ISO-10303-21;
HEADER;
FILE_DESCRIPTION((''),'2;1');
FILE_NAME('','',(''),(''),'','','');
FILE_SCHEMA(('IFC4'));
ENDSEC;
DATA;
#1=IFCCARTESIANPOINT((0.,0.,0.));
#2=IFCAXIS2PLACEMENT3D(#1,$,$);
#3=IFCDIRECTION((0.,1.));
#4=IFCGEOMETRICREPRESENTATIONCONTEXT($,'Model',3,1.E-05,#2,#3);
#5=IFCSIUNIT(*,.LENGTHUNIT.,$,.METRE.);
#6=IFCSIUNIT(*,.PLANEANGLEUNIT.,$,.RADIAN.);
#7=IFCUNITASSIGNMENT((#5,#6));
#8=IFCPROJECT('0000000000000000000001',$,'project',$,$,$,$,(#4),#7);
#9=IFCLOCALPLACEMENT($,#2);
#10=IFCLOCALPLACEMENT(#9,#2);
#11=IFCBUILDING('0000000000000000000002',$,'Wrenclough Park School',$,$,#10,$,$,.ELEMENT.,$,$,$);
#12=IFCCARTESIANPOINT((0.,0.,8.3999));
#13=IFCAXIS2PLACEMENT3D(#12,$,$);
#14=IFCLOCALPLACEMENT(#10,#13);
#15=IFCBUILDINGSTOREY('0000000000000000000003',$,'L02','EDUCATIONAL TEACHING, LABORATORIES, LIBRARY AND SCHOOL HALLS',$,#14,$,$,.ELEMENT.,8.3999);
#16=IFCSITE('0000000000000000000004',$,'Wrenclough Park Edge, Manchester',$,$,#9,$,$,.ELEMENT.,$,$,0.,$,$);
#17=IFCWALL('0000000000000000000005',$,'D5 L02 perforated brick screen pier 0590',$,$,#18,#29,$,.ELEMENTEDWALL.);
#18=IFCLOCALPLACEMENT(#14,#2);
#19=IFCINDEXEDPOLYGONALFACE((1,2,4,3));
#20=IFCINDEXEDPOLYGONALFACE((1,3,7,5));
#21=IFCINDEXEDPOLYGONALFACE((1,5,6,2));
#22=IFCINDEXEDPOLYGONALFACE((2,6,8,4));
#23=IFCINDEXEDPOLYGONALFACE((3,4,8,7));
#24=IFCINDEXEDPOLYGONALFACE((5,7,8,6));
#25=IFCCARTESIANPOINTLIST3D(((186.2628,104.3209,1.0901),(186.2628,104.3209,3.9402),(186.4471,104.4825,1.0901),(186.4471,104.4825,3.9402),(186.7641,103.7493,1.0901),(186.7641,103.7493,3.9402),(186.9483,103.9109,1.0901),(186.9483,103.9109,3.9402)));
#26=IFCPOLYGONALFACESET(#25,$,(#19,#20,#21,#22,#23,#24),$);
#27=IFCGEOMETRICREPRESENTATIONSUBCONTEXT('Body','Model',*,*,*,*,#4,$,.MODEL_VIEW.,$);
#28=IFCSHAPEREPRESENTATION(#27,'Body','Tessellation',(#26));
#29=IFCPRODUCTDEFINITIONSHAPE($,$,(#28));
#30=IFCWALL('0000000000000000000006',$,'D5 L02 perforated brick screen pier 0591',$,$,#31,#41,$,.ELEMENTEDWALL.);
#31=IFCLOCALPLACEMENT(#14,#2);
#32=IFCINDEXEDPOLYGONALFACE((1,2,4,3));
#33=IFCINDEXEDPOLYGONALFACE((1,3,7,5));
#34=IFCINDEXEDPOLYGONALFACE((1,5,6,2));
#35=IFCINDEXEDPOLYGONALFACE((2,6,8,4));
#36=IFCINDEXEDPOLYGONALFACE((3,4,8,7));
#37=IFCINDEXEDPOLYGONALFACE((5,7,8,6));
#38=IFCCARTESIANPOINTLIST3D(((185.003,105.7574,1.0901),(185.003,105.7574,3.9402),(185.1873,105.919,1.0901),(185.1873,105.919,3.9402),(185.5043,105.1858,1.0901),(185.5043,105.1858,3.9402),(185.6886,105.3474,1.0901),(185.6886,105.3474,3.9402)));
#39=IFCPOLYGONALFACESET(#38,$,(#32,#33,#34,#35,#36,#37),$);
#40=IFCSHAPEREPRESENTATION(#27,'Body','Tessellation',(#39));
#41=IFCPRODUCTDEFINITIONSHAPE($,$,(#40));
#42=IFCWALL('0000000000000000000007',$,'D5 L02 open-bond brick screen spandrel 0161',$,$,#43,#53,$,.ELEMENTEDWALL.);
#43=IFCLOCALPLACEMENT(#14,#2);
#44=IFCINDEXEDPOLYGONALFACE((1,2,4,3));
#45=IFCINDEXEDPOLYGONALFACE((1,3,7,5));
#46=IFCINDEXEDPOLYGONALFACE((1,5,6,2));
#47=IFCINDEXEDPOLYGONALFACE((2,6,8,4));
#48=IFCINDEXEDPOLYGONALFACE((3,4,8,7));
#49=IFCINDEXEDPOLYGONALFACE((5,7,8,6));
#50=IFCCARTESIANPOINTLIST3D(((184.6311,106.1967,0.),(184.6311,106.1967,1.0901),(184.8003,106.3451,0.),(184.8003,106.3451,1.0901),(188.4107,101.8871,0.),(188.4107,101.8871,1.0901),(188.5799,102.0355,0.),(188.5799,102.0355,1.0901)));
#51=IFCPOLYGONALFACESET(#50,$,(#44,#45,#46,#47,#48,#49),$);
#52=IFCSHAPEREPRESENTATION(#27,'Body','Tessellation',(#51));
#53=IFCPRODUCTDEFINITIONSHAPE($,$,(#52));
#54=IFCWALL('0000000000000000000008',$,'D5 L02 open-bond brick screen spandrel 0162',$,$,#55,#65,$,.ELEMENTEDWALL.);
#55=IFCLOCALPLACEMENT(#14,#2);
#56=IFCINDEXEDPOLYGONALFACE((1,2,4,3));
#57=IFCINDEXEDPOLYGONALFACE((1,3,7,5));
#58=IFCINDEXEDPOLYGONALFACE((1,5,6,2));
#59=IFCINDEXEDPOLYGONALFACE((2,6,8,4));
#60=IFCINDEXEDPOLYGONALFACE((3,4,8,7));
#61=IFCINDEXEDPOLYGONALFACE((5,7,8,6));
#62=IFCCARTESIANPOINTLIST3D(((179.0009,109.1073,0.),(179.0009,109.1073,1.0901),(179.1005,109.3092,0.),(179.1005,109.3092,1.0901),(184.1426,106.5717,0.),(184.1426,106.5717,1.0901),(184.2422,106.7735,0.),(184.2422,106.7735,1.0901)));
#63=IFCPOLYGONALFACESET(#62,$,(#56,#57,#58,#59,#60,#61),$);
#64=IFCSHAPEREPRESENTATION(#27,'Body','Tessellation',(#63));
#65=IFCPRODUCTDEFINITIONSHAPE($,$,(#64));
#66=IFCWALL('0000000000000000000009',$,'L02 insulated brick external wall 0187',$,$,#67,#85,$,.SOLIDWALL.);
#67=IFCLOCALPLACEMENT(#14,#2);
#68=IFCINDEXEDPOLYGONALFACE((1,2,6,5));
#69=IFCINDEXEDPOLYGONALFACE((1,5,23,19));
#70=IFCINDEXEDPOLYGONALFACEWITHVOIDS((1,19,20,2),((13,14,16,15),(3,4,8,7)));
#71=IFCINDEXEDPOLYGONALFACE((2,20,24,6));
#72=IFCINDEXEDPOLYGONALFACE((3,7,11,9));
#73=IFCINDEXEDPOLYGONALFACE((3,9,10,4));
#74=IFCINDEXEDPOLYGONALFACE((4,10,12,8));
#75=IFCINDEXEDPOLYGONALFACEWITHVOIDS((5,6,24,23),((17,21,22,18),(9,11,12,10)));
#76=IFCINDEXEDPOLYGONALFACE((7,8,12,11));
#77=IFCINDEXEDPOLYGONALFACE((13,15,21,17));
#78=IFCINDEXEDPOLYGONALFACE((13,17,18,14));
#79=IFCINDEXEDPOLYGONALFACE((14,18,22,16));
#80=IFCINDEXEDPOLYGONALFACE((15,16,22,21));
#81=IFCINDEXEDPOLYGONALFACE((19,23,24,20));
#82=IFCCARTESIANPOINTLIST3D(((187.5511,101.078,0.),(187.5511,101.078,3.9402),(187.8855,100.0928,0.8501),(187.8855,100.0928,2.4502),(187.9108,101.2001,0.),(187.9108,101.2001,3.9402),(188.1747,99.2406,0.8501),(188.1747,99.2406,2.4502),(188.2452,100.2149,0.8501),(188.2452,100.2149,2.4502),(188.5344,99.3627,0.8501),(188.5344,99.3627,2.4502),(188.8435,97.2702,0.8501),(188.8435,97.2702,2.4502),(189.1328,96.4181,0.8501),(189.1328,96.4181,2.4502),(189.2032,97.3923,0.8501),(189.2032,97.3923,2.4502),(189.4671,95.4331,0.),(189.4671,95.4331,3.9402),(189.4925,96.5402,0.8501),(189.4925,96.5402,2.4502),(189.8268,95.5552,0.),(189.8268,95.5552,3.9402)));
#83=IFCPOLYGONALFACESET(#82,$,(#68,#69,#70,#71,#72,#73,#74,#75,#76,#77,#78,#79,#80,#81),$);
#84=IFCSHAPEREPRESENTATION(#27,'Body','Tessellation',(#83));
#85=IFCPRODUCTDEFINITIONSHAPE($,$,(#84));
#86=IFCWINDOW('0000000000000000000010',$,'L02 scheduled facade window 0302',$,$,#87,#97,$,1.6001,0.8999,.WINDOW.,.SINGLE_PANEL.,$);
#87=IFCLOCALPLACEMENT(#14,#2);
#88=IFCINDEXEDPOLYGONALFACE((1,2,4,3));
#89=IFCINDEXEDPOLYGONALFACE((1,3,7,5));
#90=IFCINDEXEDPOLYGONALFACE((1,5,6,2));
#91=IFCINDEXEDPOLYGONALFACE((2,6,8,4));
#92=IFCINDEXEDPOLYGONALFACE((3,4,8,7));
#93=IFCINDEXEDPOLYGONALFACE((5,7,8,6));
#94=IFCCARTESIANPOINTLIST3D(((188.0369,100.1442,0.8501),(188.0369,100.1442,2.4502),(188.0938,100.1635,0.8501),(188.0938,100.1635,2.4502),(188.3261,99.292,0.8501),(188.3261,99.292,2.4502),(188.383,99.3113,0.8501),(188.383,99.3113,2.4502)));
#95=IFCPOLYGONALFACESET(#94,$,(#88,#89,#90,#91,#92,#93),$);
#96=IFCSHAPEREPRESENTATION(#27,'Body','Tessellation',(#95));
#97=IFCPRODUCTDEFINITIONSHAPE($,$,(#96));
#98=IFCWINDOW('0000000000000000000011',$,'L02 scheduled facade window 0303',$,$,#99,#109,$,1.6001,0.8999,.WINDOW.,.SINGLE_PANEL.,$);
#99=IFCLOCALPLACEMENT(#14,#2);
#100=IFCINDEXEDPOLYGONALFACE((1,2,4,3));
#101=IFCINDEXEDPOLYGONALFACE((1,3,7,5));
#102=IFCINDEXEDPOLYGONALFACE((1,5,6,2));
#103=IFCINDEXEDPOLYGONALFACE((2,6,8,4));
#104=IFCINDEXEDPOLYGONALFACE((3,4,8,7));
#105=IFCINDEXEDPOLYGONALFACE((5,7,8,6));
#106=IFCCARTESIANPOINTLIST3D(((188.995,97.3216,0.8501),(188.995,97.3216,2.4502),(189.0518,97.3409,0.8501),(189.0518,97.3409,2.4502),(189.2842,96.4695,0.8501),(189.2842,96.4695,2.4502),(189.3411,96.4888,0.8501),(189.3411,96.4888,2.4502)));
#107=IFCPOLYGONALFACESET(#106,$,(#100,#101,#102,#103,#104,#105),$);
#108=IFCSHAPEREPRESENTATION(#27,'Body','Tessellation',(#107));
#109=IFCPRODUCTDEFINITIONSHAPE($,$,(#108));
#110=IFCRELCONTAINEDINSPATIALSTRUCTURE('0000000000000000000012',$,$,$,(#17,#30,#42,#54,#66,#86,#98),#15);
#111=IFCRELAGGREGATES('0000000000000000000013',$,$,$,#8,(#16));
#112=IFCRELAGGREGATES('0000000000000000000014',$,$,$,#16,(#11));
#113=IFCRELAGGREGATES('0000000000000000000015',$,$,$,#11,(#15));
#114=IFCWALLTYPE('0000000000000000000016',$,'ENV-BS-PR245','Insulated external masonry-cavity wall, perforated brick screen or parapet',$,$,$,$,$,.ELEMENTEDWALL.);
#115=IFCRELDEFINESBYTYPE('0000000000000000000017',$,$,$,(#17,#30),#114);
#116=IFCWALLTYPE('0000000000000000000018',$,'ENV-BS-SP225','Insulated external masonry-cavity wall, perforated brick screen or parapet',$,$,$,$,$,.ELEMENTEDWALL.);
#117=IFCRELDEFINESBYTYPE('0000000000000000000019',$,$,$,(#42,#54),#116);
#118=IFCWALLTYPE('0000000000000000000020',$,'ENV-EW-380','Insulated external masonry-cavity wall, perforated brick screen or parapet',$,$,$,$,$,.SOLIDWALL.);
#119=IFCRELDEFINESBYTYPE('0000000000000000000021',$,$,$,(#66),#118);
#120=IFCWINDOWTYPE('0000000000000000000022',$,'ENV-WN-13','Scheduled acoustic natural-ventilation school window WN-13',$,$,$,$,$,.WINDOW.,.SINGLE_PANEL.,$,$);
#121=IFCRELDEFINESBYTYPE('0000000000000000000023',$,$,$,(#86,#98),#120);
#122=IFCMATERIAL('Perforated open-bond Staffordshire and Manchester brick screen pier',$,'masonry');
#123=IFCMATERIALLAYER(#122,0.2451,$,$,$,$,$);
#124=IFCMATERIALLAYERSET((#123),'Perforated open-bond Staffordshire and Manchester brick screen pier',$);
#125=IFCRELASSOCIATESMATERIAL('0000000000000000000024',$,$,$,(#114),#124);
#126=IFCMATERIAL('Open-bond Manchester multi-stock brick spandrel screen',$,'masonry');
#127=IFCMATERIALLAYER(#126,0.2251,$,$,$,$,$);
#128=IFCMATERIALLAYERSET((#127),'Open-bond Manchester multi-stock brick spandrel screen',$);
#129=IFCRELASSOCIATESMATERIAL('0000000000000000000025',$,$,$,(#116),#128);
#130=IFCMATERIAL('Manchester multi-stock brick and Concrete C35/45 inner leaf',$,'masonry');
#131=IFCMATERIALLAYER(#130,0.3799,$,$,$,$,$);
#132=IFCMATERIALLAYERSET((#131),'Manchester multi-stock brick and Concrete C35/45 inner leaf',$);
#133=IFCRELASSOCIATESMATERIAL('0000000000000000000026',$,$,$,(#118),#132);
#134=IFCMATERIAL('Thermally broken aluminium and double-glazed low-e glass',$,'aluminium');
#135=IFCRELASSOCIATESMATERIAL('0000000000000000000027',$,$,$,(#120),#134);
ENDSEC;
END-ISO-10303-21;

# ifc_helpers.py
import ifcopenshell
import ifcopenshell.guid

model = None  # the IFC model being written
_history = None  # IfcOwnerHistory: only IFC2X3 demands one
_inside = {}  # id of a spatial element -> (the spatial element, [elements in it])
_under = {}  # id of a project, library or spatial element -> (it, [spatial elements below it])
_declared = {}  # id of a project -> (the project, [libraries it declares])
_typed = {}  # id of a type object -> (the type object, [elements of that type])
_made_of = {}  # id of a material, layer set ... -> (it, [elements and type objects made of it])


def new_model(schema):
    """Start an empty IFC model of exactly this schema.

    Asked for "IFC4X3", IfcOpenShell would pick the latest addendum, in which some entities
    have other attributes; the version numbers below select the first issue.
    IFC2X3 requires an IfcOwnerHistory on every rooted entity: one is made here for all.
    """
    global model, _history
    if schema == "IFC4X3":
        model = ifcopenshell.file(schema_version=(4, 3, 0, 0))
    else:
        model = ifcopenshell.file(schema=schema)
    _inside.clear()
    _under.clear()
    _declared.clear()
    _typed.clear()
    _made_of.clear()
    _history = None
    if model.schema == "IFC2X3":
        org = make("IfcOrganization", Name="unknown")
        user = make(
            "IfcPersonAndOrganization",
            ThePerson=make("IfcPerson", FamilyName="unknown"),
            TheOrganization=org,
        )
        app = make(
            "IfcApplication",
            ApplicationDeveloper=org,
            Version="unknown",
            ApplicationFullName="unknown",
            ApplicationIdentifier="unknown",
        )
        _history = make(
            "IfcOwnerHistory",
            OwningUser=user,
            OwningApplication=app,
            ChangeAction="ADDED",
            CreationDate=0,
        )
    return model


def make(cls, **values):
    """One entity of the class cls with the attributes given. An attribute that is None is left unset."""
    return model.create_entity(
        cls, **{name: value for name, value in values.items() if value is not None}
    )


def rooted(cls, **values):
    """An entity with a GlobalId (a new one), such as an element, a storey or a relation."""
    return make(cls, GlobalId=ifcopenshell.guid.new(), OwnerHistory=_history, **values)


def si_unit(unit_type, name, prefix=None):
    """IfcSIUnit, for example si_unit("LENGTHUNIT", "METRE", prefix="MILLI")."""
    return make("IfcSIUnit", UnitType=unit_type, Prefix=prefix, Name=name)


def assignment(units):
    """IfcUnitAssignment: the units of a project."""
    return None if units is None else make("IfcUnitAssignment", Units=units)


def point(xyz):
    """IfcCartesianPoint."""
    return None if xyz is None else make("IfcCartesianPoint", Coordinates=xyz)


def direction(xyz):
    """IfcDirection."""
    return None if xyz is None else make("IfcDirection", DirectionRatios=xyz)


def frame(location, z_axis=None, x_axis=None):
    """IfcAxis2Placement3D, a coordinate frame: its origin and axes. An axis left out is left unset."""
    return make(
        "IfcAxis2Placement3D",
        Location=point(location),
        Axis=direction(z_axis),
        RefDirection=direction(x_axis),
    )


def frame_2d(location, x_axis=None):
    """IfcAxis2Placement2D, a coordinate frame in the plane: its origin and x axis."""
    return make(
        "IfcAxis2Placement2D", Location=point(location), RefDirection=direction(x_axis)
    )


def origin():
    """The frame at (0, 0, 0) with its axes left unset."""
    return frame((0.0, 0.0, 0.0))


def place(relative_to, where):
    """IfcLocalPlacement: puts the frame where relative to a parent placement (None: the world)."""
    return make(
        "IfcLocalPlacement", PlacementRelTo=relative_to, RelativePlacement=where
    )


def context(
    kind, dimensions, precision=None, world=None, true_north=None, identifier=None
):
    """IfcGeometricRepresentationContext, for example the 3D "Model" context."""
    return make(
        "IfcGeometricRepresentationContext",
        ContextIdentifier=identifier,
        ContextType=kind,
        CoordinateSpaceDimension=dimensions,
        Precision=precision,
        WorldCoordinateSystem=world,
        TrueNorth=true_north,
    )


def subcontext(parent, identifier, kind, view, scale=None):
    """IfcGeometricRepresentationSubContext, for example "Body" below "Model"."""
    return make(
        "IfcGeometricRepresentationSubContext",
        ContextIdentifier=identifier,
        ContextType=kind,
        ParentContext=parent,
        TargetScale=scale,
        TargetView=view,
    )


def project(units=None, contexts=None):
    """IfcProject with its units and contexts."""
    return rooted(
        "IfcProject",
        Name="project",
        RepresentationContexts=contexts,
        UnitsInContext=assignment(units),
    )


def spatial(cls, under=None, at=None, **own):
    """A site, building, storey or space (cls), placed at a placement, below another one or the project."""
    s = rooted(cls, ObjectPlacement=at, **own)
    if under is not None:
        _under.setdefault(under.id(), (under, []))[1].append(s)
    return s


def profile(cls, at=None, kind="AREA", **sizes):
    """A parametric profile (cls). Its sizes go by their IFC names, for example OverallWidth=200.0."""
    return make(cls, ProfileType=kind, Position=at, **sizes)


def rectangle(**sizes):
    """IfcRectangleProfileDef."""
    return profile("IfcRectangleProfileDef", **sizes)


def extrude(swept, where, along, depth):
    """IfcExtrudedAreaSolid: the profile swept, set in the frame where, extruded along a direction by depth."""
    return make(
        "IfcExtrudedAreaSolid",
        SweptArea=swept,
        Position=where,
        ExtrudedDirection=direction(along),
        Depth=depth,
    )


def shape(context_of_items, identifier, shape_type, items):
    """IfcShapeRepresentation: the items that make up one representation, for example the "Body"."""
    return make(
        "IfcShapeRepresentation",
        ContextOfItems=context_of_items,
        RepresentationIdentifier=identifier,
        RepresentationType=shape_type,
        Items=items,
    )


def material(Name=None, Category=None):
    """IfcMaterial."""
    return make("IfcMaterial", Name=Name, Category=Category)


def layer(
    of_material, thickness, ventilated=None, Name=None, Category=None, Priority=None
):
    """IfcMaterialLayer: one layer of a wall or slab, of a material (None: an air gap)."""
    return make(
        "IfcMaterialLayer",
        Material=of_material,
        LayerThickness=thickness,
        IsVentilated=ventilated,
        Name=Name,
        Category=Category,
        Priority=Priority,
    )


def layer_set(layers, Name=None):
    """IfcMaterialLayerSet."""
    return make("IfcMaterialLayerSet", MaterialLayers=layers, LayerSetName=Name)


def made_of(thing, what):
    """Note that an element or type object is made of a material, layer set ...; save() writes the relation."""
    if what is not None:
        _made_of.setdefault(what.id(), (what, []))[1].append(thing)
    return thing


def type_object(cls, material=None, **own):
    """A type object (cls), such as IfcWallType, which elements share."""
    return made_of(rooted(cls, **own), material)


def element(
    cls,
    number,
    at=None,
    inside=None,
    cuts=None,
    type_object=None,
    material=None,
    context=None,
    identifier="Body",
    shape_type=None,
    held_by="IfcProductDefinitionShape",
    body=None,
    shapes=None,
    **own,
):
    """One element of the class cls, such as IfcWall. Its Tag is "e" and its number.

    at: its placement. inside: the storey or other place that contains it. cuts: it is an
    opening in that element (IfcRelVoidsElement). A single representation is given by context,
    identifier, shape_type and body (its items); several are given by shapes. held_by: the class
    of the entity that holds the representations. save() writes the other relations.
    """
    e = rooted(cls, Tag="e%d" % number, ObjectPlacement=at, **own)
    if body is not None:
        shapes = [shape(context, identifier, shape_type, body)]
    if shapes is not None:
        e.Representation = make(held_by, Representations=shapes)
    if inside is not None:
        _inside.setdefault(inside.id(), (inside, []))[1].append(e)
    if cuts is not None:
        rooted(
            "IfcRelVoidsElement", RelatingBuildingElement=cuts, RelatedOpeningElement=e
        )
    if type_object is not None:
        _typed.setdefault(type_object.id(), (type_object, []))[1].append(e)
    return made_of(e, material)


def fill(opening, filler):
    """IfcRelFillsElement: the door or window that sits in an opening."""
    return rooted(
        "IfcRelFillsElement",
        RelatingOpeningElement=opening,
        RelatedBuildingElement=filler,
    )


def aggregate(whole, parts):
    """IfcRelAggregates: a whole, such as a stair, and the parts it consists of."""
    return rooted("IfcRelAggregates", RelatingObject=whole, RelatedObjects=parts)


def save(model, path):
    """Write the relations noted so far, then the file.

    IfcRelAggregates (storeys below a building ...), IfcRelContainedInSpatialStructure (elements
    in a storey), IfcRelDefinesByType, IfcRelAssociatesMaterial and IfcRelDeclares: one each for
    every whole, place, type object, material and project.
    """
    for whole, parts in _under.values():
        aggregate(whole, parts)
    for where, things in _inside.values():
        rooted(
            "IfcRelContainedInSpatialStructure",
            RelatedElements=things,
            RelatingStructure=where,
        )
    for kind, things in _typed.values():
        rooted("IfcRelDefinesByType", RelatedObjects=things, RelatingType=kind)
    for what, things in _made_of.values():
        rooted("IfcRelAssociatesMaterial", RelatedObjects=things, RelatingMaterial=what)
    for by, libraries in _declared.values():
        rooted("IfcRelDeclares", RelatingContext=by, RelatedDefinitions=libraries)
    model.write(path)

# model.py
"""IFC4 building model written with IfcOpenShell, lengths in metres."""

from ifc_helpers import new_model, si_unit, direction, frame, frame_2d, origin, place, context, subcontext, project, spatial, rectangle, extrude, material, layer, layer_set, type_object, element, fill, save


model = new_model("IFC4")

# Units and contexts
model_context = context("Model", 3, precision=1e-05, world=origin(), true_north=direction((0.0, 1.0)))
body_context = subcontext(model_context, "Body", "Model", "MODEL_VIEW")
ifc_project = project(units=[si_unit("LENGTHUNIT", "METRE"), si_unit("PLANEANGLEUNIT", "RADIAN")], contexts=[model_context])

# Site, building, storey
site_placement = place(None, origin())
site = spatial("IfcSite", under=ifc_project, at=site_placement, Name="Wrenclough Park Edge, Manchester", CompositionType="ELEMENT", RefElevation=0.0)
building_placement = place(site_placement, origin())
building = spatial("IfcBuilding", under=site, at=building_placement, Name="Wrenclough Park School", CompositionType="ELEMENT")
storey_placement = place(building_placement, frame((0.0, 0.0, 8.3999)))
storey = spatial("IfcBuildingStorey", under=building, at=storey_placement, Name="L02", Description="EDUCATIONAL TEACHING, LABORATORIES, LIBRARY AND SCHOOL HALLS", CompositionType="ELEMENT", Elevation=8.3999)

# Walls
ifc_material_1 = material(Name="Perforated open-bond Staffordshire and Manchester brick screen pier", Category="masonry")
ifc_layer_1 = layer(ifc_material_1, 0.2451)
ifc_layer_set_1 = layer_set([ifc_layer_1], Name="Perforated open-bond Staffordshire and Manchester brick screen pier")
wall_type_1 = type_object("IfcWallType", Name="ENV-BS-PR245", Description="Insulated external masonry-cavity wall, perforated brick screen or parapet", PredefinedType="ELEMENTEDWALL", material=ifc_layer_set_1)
for number, where, z_axis, x_axis, name in (
    (1, (186.8562, 103.8301, 1.0901), (0.0, 0.0, 1.0), (-0.659345, 0.75184, 0.0), "D5 L02 perforated brick screen pier 0590"),
    (2, (185.5964, 105.2666, 1.0901), (0.0, 0.0, 1.0), (-0.659345, 0.75184, 0.0), "D5 L02 perforated brick screen pier 0591"),
):
    element("IfcWall", number, at=place(storey_placement, frame(where, z_axis=z_axis, x_axis=x_axis)), inside=storey, type_object=wall_type_1, Name=name, PredefinedType="ELEMENTEDWALL", context=body_context, shape_type="SweptSolid", body=[
        extrude(rectangle(XDim=0.7603, YDim=0.2451, at=frame_2d((0.3801, 0.0))), origin(), (0.0, 0.0, 1.0), 2.8501),
    ])
ifc_material_2 = material(Name="Open-bond Manchester multi-stock brick spandrel screen", Category="masonry")
ifc_layer_2 = layer(ifc_material_2, 0.2251)
ifc_layer_set_2 = layer_set([ifc_layer_2], Name="Open-bond Manchester multi-stock brick spandrel screen")
wall_type_2 = type_object("IfcWallType", Name="ENV-BS-SP225", Description="Insulated external masonry-cavity wall, perforated brick screen or parapet", PredefinedType="ELEMENTEDWALL", material=ifc_layer_set_2)
wall_1_placement = place(storey_placement, frame((188.4954, 101.9612, 0.0), z_axis=(0.0, 0.0, 1.0), x_axis=(-0.659361, 0.751827, 0.0)))
element("IfcWall", 3, at=wall_1_placement, inside=storey, type_object=wall_type_2, Name="D5 L02 open-bond brick screen spandrel 0161", PredefinedType="ELEMENTEDWALL", context=body_context, shape_type="SweptSolid", body=[
    extrude(rectangle(XDim=5.7322, YDim=0.2251, at=frame_2d((2.8662, 0.0))), origin(), (0.0, 0.0, 1.0), 1.0901),
])
wall_2_placement = place(storey_placement, frame((184.1924, 106.6726, 0.0), z_axis=(0.0, 0.0, 1.0), x_axis=(-0.896867, 0.442301, 0.0)))
element("IfcWall", 4, at=wall_2_placement, inside=storey, type_object=wall_type_2, Name="D5 L02 open-bond brick screen spandrel 0162", PredefinedType="ELEMENTEDWALL", context=body_context, shape_type="SweptSolid", body=[
    extrude(rectangle(XDim=5.7329, YDim=0.2251, at=frame_2d((2.8665, 0.0))), origin(), (0.0, 0.0, 1.0), 1.0901),
])

# Wall, openings, windows
ifc_material_3 = material(Name="Manchester multi-stock brick and Concrete C35/45 inner leaf", Category="masonry")
ifc_layer_3 = layer(ifc_material_3, 0.3799)
ifc_layer_set_3 = layer_set([ifc_layer_3], Name="Manchester multi-stock brick and Concrete C35/45 inner leaf")
wall_type_3 = type_object("IfcWallType", Name="ENV-EW-380", Description="Insulated external masonry-cavity wall, perforated brick screen or parapet", PredefinedType="SOLIDWALL", material=ifc_layer_set_3)
wall_3_placement = place(storey_placement, frame((187.731, 101.1389, 0.0), z_axis=(0.0, 0.0, 1.0), x_axis=(0.32142, -0.946937, 0.0)))
wall_3 = element("IfcWall", 5, at=wall_3_placement, inside=storey, type_object=wall_type_3, Name="L02 insulated brick external wall 0187", PredefinedType="SOLIDWALL", context=body_context, shape_type="SweptSolid", body=[
    extrude(rectangle(XDim=5.9612, YDim=0.3799, at=frame_2d((2.9805, 0.0))), origin(), (0.0, 0.0, 1.0), 3.9402),
])
opening_1_placement = place(wall_3_placement, frame((1.0403, 0.0, 0.8501)))
opening_1 = element("IfcOpeningElement", 6, at=opening_1_placement, cuts=wall_3, PredefinedType="OPENING", context=body_context, shape_type="SweptSolid", body=[
    extrude(rectangle(XDim=0.8999, YDim=1.6001, at=frame_2d((0.45, 0.8))), frame((0.0, 0.2, 0.0), z_axis=(0.0, -1.0, 0.0), x_axis=(1.0, 0.0, 0.0)), (0.0, 0.0, 1.0), 0.3999),
])
opening_2_placement = place(wall_3_placement, frame((4.021, 0.0, 0.8501)))
opening_2 = element("IfcOpeningElement", 7, at=opening_2_placement, cuts=wall_3, PredefinedType="OPENING", context=body_context, shape_type="SweptSolid", body=[
    extrude(rectangle(XDim=0.8999, YDim=1.6001, at=frame_2d((0.45, 0.8))), frame((0.0, 0.2, 0.0), z_axis=(0.0, -1.0, 0.0), x_axis=(1.0, 0.0, 0.0)), (0.0, 0.0, 1.0), 0.3999),
])
ifc_material_4 = material(Name="Thermally broken aluminium and double-glazed low-e glass", Category="aluminium")
window_type = type_object("IfcWindowType", Name="ENV-WN-13", Description="Scheduled acoustic natural-ventilation school window WN-13", PartitioningType="SINGLE_PANEL", PredefinedType="WINDOW", material=ifc_material_4)
window_1_placement = place(opening_1_placement, origin())
window_1 = element("IfcWindow", 8, at=window_1_placement, inside=storey, type_object=window_type, Name="L02 scheduled facade window 0302", OverallHeight=1.6001, OverallWidth=0.8999, PartitioningType="SINGLE_PANEL", PredefinedType="WINDOW", context=body_context, shape_type="SweptSolid", body=[
    extrude(rectangle(XDim=0.8999, YDim=1.6001, at=frame_2d((0.45, 0.8))), frame((0.0, 0.03, 0.0), z_axis=(0.0, -1.0, 0.0), x_axis=(1.0, 0.0, 0.0)), (0.0, 0.0, 1.0), 0.0601),
])
fill(opening_1, window_1)
window_2_placement = place(opening_2_placement, origin())
window_2 = element("IfcWindow", 9, at=window_2_placement, inside=storey, type_object=window_type, Name="L02 scheduled facade window 0303", OverallHeight=1.6001, OverallWidth=0.8999, PartitioningType="SINGLE_PANEL", PredefinedType="WINDOW", context=body_context, shape_type="SweptSolid", body=[
    extrude(rectangle(XDim=0.8999, YDim=1.6001, at=frame_2d((0.45, 0.8))), frame((0.0, 0.03, 0.0), z_axis=(0.0, -1.0, 0.0), x_axis=(1.0, 0.0, 0.0)), (0.0, 0.0, 1.0), 0.0601),
])
fill(opening_2, window_2)

save(model, "model.ifc")
